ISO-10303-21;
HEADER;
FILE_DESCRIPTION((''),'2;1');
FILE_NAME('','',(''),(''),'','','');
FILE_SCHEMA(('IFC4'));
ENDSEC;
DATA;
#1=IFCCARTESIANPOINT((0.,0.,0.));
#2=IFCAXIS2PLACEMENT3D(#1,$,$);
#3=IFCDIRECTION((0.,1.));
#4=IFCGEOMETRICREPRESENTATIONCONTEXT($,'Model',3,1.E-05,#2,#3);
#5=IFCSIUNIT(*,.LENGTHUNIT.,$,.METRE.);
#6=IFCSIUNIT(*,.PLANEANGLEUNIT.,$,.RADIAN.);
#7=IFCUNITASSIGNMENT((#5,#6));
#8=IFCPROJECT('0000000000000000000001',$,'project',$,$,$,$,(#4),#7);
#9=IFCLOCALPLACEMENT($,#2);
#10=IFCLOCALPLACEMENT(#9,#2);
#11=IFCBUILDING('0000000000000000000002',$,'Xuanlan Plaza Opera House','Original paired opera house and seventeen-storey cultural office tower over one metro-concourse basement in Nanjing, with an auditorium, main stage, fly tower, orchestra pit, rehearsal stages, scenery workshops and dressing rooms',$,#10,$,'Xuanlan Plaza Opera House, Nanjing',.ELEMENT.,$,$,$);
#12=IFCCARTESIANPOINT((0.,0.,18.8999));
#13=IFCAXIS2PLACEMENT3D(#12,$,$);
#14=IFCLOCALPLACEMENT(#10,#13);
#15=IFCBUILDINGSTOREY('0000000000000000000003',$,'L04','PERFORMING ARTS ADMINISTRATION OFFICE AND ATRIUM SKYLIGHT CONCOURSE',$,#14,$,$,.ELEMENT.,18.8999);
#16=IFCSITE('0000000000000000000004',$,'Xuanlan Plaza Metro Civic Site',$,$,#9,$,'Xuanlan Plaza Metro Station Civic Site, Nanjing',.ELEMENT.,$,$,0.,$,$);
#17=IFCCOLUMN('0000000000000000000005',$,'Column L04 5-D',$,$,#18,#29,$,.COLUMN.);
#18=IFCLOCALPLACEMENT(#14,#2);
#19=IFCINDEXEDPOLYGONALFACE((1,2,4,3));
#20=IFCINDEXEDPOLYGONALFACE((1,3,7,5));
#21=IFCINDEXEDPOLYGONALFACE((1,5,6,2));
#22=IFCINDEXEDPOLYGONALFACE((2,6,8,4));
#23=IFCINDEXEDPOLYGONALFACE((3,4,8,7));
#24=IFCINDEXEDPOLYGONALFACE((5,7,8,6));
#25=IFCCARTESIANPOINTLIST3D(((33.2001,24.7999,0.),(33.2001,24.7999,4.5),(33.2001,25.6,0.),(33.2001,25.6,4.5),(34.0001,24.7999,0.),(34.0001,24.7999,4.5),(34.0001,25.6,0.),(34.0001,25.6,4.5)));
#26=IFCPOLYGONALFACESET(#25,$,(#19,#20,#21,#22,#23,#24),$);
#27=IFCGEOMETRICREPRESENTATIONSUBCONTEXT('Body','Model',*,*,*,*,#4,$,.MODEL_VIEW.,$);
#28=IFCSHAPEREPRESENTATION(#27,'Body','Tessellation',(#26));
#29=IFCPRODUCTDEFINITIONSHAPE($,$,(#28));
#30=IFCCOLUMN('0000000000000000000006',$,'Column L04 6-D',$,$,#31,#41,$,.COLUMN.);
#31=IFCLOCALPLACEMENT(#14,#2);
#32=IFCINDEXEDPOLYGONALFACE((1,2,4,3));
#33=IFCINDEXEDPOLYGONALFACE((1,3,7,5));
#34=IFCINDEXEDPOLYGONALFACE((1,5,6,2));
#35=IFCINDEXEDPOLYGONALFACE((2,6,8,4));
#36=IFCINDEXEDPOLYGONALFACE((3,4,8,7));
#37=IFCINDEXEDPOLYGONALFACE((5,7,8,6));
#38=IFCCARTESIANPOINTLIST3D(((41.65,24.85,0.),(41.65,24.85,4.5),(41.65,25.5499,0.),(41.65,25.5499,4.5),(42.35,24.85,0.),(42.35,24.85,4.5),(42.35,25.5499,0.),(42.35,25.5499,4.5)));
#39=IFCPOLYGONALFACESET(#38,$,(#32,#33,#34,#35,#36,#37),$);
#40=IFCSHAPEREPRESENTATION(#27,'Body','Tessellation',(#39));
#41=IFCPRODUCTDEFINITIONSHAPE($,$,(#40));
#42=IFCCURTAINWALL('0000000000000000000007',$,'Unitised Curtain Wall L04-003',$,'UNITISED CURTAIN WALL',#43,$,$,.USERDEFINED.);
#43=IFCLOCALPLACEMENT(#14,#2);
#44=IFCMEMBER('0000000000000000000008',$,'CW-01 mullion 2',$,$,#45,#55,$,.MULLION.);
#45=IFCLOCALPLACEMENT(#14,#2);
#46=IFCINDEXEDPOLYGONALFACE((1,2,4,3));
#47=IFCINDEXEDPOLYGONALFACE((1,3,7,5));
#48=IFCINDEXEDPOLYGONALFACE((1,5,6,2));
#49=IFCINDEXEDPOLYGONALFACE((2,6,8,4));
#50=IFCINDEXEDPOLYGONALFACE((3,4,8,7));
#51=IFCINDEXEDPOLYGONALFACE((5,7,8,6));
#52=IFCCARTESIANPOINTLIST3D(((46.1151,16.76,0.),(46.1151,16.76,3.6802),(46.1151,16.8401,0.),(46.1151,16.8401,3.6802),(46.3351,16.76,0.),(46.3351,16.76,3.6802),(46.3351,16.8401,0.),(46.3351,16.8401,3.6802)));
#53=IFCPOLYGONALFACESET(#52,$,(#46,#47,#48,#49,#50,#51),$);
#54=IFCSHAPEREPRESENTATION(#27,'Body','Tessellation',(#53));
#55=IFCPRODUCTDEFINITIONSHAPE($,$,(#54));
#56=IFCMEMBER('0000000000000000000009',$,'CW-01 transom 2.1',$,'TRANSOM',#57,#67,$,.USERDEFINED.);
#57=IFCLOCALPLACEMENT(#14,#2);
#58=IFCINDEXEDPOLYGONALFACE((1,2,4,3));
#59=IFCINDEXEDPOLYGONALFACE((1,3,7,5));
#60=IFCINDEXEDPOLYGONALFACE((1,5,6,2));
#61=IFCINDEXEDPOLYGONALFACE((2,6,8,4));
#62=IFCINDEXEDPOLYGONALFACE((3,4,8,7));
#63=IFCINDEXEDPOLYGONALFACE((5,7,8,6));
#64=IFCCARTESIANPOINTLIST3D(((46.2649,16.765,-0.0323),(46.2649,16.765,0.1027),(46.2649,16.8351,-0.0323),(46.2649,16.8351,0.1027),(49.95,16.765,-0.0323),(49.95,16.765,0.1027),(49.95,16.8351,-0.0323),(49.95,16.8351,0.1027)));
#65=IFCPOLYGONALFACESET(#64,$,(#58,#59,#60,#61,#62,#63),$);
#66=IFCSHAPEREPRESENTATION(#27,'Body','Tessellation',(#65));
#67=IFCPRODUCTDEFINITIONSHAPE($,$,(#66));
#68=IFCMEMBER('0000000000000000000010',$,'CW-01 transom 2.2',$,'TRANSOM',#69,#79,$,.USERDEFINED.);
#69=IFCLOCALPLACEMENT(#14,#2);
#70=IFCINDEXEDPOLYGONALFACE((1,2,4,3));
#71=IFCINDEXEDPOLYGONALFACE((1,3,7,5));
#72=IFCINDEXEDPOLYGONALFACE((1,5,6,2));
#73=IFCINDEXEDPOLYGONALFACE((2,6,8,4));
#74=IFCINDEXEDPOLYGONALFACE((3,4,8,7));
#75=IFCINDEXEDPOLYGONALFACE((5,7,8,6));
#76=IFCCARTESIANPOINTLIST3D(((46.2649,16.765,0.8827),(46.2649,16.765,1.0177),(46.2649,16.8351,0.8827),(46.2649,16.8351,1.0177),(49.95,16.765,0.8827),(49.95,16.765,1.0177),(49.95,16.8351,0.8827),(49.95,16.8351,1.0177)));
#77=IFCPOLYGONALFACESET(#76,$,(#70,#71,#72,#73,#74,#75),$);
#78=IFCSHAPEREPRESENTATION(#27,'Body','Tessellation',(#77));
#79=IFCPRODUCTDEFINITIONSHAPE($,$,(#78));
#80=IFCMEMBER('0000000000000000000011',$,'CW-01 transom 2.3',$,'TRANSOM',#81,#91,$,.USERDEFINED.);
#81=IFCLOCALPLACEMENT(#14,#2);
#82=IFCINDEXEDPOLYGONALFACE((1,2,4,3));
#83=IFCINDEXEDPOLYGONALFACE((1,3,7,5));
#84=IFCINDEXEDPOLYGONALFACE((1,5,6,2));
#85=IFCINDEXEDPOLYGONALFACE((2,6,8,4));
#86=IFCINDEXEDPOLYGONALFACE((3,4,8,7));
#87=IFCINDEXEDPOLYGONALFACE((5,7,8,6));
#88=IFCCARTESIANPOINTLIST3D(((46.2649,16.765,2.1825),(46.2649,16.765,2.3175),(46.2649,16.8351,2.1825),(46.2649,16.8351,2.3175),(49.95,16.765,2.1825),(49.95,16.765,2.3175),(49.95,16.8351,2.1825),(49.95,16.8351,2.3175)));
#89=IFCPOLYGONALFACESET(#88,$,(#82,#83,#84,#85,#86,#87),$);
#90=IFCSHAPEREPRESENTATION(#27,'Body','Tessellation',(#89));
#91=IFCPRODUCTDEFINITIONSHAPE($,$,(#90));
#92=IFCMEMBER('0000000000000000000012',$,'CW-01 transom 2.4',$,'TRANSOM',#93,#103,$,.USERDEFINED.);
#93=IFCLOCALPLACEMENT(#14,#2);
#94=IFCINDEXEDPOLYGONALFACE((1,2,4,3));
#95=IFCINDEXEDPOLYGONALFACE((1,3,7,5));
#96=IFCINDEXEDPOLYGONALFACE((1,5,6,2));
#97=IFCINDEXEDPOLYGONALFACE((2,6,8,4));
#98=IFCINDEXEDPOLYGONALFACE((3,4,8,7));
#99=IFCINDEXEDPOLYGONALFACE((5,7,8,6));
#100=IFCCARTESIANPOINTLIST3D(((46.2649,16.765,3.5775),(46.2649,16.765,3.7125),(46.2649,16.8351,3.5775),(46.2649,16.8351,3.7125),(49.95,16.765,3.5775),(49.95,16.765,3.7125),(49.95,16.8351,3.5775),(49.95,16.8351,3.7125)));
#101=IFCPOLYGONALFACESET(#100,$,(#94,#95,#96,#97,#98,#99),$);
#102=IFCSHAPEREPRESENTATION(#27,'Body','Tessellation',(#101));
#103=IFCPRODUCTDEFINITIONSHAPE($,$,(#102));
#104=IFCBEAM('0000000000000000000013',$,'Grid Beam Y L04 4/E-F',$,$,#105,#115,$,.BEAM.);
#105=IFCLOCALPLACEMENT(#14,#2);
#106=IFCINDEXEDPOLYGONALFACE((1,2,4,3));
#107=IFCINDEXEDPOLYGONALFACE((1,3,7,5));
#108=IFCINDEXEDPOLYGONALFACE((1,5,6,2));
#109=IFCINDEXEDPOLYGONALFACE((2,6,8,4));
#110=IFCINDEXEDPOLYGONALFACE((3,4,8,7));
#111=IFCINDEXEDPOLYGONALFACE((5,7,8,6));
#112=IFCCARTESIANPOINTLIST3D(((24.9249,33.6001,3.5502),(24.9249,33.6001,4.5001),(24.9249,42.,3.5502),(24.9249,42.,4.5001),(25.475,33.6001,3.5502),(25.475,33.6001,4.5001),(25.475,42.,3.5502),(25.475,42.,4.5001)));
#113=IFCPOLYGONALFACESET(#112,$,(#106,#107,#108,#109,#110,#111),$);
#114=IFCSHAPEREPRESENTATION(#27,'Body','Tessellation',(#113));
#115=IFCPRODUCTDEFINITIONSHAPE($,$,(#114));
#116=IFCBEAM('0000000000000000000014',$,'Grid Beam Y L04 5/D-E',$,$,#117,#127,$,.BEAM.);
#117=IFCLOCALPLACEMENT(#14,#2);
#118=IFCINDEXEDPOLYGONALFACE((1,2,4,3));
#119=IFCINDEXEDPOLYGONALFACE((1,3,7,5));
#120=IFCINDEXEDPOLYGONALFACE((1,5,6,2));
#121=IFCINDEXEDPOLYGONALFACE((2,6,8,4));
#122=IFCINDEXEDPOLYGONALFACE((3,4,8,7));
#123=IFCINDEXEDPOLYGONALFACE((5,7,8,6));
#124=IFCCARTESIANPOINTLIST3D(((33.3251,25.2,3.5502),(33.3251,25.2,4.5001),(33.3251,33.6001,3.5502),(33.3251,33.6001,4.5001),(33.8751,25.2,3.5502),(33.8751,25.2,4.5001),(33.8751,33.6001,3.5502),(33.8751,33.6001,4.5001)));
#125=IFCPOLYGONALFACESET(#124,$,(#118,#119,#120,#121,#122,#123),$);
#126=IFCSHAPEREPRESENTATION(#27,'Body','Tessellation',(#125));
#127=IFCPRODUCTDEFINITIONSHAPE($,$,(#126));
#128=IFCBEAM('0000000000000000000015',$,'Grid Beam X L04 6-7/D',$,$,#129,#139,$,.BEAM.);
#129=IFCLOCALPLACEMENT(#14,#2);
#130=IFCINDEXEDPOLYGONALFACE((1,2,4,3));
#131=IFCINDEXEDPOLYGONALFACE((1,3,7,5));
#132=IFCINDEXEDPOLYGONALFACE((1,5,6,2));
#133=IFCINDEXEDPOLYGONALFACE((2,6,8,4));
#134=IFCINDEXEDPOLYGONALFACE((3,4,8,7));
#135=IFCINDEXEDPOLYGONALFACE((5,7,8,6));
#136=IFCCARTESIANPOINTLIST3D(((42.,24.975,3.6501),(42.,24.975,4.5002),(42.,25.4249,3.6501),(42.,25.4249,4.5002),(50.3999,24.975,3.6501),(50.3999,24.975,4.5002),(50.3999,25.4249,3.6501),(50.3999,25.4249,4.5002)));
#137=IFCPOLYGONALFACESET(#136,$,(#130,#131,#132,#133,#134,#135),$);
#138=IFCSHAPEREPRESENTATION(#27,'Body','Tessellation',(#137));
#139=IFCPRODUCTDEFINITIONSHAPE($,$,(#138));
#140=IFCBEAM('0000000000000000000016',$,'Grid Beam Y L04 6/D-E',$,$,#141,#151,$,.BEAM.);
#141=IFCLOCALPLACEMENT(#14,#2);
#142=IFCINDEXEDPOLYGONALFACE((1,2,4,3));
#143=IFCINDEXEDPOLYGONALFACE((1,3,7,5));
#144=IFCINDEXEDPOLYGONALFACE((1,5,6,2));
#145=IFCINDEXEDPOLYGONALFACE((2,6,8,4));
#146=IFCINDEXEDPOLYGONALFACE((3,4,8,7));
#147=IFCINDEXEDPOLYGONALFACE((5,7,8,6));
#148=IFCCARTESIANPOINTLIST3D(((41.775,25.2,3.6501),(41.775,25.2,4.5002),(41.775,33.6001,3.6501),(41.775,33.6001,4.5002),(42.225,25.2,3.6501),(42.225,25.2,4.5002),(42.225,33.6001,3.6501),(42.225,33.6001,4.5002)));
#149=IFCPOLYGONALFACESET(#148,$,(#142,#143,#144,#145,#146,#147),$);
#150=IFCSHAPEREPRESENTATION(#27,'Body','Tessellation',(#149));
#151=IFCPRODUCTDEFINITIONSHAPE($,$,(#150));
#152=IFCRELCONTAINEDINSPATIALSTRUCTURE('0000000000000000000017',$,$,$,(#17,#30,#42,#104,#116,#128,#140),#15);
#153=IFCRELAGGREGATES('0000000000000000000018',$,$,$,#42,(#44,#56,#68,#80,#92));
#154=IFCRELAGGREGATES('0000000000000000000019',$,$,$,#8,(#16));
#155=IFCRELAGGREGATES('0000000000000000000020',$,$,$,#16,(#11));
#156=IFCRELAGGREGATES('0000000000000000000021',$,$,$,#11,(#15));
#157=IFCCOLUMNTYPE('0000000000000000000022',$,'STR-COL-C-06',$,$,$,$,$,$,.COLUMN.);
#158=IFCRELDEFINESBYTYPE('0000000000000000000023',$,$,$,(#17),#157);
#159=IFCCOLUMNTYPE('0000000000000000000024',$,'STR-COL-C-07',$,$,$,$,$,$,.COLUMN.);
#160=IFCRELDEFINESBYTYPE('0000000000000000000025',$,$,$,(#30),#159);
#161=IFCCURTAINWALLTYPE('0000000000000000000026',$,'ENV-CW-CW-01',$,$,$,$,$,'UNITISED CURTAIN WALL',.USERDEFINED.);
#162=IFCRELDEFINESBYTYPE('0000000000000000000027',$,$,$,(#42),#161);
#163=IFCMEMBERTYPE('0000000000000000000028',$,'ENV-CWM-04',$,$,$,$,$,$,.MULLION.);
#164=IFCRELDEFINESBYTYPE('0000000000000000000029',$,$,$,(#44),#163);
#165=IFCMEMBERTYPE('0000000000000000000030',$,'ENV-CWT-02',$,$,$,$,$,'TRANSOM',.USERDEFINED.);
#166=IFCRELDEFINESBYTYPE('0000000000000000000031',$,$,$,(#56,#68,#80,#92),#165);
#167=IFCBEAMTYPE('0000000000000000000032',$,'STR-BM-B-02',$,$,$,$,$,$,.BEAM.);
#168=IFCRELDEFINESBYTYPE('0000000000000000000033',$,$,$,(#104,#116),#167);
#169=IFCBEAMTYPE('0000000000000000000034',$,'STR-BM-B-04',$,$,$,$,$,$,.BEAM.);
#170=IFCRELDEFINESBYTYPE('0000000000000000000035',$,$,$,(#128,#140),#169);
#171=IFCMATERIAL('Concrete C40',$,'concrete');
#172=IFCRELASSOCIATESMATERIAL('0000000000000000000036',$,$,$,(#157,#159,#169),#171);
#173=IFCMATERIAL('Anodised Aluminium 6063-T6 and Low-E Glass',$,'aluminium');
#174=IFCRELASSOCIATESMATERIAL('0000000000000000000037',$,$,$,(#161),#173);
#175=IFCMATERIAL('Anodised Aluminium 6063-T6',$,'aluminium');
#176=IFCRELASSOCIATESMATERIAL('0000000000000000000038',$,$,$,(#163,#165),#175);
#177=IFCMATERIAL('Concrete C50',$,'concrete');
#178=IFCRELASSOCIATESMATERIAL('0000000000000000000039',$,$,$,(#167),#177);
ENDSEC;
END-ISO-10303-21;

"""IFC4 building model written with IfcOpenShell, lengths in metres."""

from ifc_helpers import new_model, si_unit, direction, frame, origin, origin_2d, place, context, subcontext, project, spatial, rectangle, extrude, material, material_profile, profile_set, type_object, element, aggregate, save


model = new_model("IFC4")

# Units and contexts
model_context = context("Model", 3, precision=1e-05, world=origin(), true_north=direction((0.0, 1.0)))
body_context = subcontext(model_context, "Body", "Model", "MODEL_VIEW")
ifc_project = project(units=[si_unit("LENGTHUNIT", "METRE"), si_unit("PLANEANGLEUNIT", "RADIAN")], contexts=[model_context])

# Site, building, storey
site_placement = place(None, origin())
site = spatial("IfcSite", under=ifc_project, at=site_placement, Name="Xuanlan Plaza Metro Civic Site", LongName="Xuanlan Plaza Metro Station Civic Site, Nanjing", CompositionType="ELEMENT", RefElevation=0.0)
building_placement = place(site_placement, origin())
building = spatial("IfcBuilding", under=site, at=building_placement, Name="Xuanlan Plaza Opera House", Description="Original paired opera house and seventeen-storey cultural office tower over one metro-concourse basement in Nanjing, with an auditorium, main stage, fly tower, orchestra pit, rehearsal stages, scenery workshops and dressing rooms", LongName="Xuanlan Plaza Opera House, Nanjing", CompositionType="ELEMENT")
storey_placement = place(building_placement, frame((0.0, 0.0, 18.8999)))
storey = spatial("IfcBuildingStorey", under=building, at=storey_placement, Name="L04", Description="PERFORMING ARTS ADMINISTRATION OFFICE AND ATRIUM SKYLIGHT CONCOURSE", CompositionType="ELEMENT", Elevation=18.8999)

# Columns
ifc_material_1 = material(Name="Concrete C40", Category="concrete")
ifc_material_profile_1 = material_profile(ifc_material_1, rectangle(XDim=0.8, YDim=0.8, at=origin_2d()), Name="RC-COL 800x800")
ifc_profile_set_1 = profile_set([ifc_material_profile_1], Name="Concrete C40")
column_type_1 = type_object("IfcColumnType", Name="STR-COL-C-06", PredefinedType="COLUMN", material=ifc_profile_set_1)
column_1_placement = place(storey_placement, frame((33.6001, 25.2, 0.0), z_axis=(0.0, 0.0, 1.0), x_axis=(1.0, 0.0, 0.0)))
element("IfcColumn", 1, at=column_1_placement, inside=storey, type_object=column_type_1, Name="Column L04 5-D", PredefinedType="COLUMN", context=body_context, shape_type="SweptSolid", body=[
    extrude(rectangle(XDim=0.8, YDim=0.8, at=origin_2d()), origin(), (0.0, 0.0, 1.0), 4.5),
])
ifc_material_profile_2 = material_profile(ifc_material_1, rectangle(XDim=0.7, YDim=0.7, at=origin_2d()), Name="RC-COL 700x700")
ifc_profile_set_2 = profile_set([ifc_material_profile_2], Name="Concrete C40")
column_type_2 = type_object("IfcColumnType", Name="STR-COL-C-07", PredefinedType="COLUMN", material=ifc_profile_set_2)
column_2_placement = place(storey_placement, frame((42.0, 25.2, 0.0), z_axis=(0.0, 0.0, 1.0), x_axis=(1.0, 0.0, 0.0)))
element("IfcColumn", 2, at=column_2_placement, inside=storey, type_object=column_type_2, Name="Column L04 6-D", PredefinedType="COLUMN", context=body_context, shape_type="SweptSolid", body=[
    extrude(rectangle(XDim=0.7, YDim=0.7, at=origin_2d()), origin(), (0.0, 0.0, 1.0), 4.5),
])

# Curtain wall, members
ifc_material_2 = material(Name="Anodised Aluminium 6063-T6 and Low-E Glass", Category="aluminium")
curtain_wall_type = type_object("IfcCurtainWallType", Name="ENV-CW-CW-01", ElementType="UNITISED CURTAIN WALL", PredefinedType="USERDEFINED", material=ifc_material_2)
curtain_wall_placement = place(storey_placement, origin())
curtain_wall = element("IfcCurtainWall", 3, at=curtain_wall_placement, inside=storey, type_object=curtain_wall_type, Name="Unitised Curtain Wall L04-003", ObjectType="UNITISED CURTAIN WALL", PredefinedType="USERDEFINED")
ifc_material_3 = material(Name="Anodised Aluminium 6063-T6", Category="aluminium")
ifc_material_profile_3 = material_profile(ifc_material_3, rectangle(XDim=0.0801, YDim=0.22, at=origin_2d()), Name="ALU-M 80x220")
ifc_profile_set_3 = profile_set([ifc_material_profile_3], Name="Anodised Aluminium 6063-T6")
member_type_1 = type_object("IfcMemberType", Name="ENV-CWM-04", PredefinedType="MULLION", material=ifc_profile_set_3)
member_1_placement = place(storey_placement, frame((46.2251, 16.8, 0.0), z_axis=(0.0, 0.0, 1.0), x_axis=(0.0, 1.0, 0.0)))
member_1 = element("IfcMember", 4, at=member_1_placement, type_object=member_type_1, Name="CW-01 mullion 2", PredefinedType="MULLION", context=body_context, shape_type="SweptSolid", body=[
    extrude(rectangle(XDim=0.0801, YDim=0.22, at=origin_2d()), origin(), (0.0, 0.0, 1.0), 3.6802),
])
ifc_material_profile_4 = material_profile(ifc_material_3, rectangle(XDim=0.0701, YDim=0.135, at=origin_2d()), Name="ALU-T 70x135")
ifc_profile_set_4 = profile_set([ifc_material_profile_4], Name="Anodised Aluminium 6063-T6")
member_type_2 = type_object("IfcMemberType", Name="ENV-CWT-02", ElementType="TRANSOM", PredefinedType="USERDEFINED", material=ifc_profile_set_4)
member_2_placement = place(storey_placement, frame((46.2649, 16.8, 0.0352), z_axis=(1.0, 0.0, 0.0), x_axis=(0.0, 1.0, 0.0)))
member_2 = element("IfcMember", 5, at=member_2_placement, type_object=member_type_2, Name="CW-01 transom 2.1", ObjectType="TRANSOM", PredefinedType="USERDEFINED", context=body_context, shape_type="SweptSolid", body=[
    extrude(rectangle(XDim=0.0701, YDim=0.135, at=origin_2d()), origin(), (0.0, 0.0, 1.0), 3.6851),
])
member_3_placement = place(storey_placement, frame((46.2649, 16.8, 0.9502), z_axis=(1.0, 0.0, 0.0), x_axis=(0.0, 1.0, 0.0)))
member_3 = element("IfcMember", 6, at=member_3_placement, type_object=member_type_2, Name="CW-01 transom 2.2", ObjectType="TRANSOM", PredefinedType="USERDEFINED", context=body_context, shape_type="SweptSolid", body=[
    extrude(rectangle(XDim=0.0701, YDim=0.135, at=origin_2d()), origin(), (0.0, 0.0, 1.0), 3.6851),
])
member_4_placement = place(storey_placement, frame((46.2649, 16.8, 2.25), z_axis=(1.0, 0.0, 0.0), x_axis=(0.0, 1.0, 0.0)))
member_4 = element("IfcMember", 7, at=member_4_placement, type_object=member_type_2, Name="CW-01 transom 2.3", ObjectType="TRANSOM", PredefinedType="USERDEFINED", context=body_context, shape_type="SweptSolid", body=[
    extrude(rectangle(XDim=0.0701, YDim=0.135, at=origin_2d()), origin(), (0.0, 0.0, 1.0), 3.6851),
])
member_5_placement = place(storey_placement, frame((46.2649, 16.8, 3.645), z_axis=(1.0, 0.0, 0.0), x_axis=(0.0, 1.0, 0.0)))
member_5 = element("IfcMember", 8, at=member_5_placement, type_object=member_type_2, Name="CW-01 transom 2.4", ObjectType="TRANSOM", PredefinedType="USERDEFINED", context=body_context, shape_type="SweptSolid", body=[
    extrude(rectangle(XDim=0.0701, YDim=0.135, at=origin_2d()), origin(), (0.0, 0.0, 1.0), 3.6851),
])

# Beams
ifc_material_4 = material(Name="Concrete C50", Category="concrete")
ifc_material_profile_5 = material_profile(ifc_material_4, rectangle(XDim=0.55, YDim=0.95, at=origin_2d()), Name="RC-BM 550x950")
ifc_profile_set_5 = profile_set([ifc_material_profile_5], Name="Concrete C50")
beam_type_1 = type_object("IfcBeamType", Name="STR-BM-B-02", PredefinedType="BEAM", material=ifc_profile_set_5)
beam_1_placement = place(storey_placement, frame((25.2, 33.6001, 4.0251), z_axis=(0.0, 1.0, 0.0), x_axis=(-1.0, 0.0, 0.0)))
element("IfcBeam", 9, at=beam_1_placement, inside=storey, type_object=beam_type_1, Name="Grid Beam Y L04 4/E-F", PredefinedType="BEAM", context=body_context, shape_type="SweptSolid", body=[
    extrude(rectangle(XDim=0.55, YDim=0.95, at=origin_2d()), origin(), (0.0, 0.0, 1.0), 8.3999),
])
beam_2_placement = place(storey_placement, frame((33.6001, 25.2, 4.0251), z_axis=(0.0, 1.0, 0.0), x_axis=(-1.0, 0.0, 0.0)))
element("IfcBeam", 10, at=beam_2_placement, inside=storey, type_object=beam_type_1, Name="Grid Beam Y L04 5/D-E", PredefinedType="BEAM", context=body_context, shape_type="SweptSolid", body=[
    extrude(rectangle(XDim=0.55, YDim=0.95, at=origin_2d()), origin(), (0.0, 0.0, 1.0), 8.4001),
])
ifc_material_profile_6 = material_profile(ifc_material_1, rectangle(XDim=0.45, YDim=0.8501, at=origin_2d()), Name="RC-BM 450x850")
ifc_profile_set_6 = profile_set([ifc_material_profile_6], Name="Concrete C40")
beam_type_2 = type_object("IfcBeamType", Name="STR-BM-B-04", PredefinedType="BEAM", material=ifc_profile_set_6)
beam_3_placement = place(storey_placement, frame((42.0, 25.2, 4.0752), z_axis=(1.0, 0.0, 0.0), x_axis=(0.0, 1.0, 0.0)))
element("IfcBeam", 11, at=beam_3_placement, inside=storey, type_object=beam_type_2, Name="Grid Beam X L04 6-7/D", PredefinedType="BEAM", context=body_context, shape_type="SweptSolid", body=[
    extrude(rectangle(XDim=0.45, YDim=0.8501, at=origin_2d()), origin(), (0.0, 0.0, 1.0), 8.3999),
])
beam_4_placement = place(storey_placement, frame((42.0, 25.2, 4.0752), z_axis=(0.0, 1.0, 0.0), x_axis=(-1.0, 0.0, 0.0)))
element("IfcBeam", 12, at=beam_4_placement, inside=storey, type_object=beam_type_2, Name="Grid Beam Y L04 6/D-E", PredefinedType="BEAM", context=body_context, shape_type="SweptSolid", body=[
    extrude(rectangle(XDim=0.45, YDim=0.8501, at=origin_2d()), origin(), (0.0, 0.0, 1.0), 8.4001),
])

aggregate(curtain_wall, [member_1, member_2, member_3, member_4, member_5])

save(model, "model.ifc")
